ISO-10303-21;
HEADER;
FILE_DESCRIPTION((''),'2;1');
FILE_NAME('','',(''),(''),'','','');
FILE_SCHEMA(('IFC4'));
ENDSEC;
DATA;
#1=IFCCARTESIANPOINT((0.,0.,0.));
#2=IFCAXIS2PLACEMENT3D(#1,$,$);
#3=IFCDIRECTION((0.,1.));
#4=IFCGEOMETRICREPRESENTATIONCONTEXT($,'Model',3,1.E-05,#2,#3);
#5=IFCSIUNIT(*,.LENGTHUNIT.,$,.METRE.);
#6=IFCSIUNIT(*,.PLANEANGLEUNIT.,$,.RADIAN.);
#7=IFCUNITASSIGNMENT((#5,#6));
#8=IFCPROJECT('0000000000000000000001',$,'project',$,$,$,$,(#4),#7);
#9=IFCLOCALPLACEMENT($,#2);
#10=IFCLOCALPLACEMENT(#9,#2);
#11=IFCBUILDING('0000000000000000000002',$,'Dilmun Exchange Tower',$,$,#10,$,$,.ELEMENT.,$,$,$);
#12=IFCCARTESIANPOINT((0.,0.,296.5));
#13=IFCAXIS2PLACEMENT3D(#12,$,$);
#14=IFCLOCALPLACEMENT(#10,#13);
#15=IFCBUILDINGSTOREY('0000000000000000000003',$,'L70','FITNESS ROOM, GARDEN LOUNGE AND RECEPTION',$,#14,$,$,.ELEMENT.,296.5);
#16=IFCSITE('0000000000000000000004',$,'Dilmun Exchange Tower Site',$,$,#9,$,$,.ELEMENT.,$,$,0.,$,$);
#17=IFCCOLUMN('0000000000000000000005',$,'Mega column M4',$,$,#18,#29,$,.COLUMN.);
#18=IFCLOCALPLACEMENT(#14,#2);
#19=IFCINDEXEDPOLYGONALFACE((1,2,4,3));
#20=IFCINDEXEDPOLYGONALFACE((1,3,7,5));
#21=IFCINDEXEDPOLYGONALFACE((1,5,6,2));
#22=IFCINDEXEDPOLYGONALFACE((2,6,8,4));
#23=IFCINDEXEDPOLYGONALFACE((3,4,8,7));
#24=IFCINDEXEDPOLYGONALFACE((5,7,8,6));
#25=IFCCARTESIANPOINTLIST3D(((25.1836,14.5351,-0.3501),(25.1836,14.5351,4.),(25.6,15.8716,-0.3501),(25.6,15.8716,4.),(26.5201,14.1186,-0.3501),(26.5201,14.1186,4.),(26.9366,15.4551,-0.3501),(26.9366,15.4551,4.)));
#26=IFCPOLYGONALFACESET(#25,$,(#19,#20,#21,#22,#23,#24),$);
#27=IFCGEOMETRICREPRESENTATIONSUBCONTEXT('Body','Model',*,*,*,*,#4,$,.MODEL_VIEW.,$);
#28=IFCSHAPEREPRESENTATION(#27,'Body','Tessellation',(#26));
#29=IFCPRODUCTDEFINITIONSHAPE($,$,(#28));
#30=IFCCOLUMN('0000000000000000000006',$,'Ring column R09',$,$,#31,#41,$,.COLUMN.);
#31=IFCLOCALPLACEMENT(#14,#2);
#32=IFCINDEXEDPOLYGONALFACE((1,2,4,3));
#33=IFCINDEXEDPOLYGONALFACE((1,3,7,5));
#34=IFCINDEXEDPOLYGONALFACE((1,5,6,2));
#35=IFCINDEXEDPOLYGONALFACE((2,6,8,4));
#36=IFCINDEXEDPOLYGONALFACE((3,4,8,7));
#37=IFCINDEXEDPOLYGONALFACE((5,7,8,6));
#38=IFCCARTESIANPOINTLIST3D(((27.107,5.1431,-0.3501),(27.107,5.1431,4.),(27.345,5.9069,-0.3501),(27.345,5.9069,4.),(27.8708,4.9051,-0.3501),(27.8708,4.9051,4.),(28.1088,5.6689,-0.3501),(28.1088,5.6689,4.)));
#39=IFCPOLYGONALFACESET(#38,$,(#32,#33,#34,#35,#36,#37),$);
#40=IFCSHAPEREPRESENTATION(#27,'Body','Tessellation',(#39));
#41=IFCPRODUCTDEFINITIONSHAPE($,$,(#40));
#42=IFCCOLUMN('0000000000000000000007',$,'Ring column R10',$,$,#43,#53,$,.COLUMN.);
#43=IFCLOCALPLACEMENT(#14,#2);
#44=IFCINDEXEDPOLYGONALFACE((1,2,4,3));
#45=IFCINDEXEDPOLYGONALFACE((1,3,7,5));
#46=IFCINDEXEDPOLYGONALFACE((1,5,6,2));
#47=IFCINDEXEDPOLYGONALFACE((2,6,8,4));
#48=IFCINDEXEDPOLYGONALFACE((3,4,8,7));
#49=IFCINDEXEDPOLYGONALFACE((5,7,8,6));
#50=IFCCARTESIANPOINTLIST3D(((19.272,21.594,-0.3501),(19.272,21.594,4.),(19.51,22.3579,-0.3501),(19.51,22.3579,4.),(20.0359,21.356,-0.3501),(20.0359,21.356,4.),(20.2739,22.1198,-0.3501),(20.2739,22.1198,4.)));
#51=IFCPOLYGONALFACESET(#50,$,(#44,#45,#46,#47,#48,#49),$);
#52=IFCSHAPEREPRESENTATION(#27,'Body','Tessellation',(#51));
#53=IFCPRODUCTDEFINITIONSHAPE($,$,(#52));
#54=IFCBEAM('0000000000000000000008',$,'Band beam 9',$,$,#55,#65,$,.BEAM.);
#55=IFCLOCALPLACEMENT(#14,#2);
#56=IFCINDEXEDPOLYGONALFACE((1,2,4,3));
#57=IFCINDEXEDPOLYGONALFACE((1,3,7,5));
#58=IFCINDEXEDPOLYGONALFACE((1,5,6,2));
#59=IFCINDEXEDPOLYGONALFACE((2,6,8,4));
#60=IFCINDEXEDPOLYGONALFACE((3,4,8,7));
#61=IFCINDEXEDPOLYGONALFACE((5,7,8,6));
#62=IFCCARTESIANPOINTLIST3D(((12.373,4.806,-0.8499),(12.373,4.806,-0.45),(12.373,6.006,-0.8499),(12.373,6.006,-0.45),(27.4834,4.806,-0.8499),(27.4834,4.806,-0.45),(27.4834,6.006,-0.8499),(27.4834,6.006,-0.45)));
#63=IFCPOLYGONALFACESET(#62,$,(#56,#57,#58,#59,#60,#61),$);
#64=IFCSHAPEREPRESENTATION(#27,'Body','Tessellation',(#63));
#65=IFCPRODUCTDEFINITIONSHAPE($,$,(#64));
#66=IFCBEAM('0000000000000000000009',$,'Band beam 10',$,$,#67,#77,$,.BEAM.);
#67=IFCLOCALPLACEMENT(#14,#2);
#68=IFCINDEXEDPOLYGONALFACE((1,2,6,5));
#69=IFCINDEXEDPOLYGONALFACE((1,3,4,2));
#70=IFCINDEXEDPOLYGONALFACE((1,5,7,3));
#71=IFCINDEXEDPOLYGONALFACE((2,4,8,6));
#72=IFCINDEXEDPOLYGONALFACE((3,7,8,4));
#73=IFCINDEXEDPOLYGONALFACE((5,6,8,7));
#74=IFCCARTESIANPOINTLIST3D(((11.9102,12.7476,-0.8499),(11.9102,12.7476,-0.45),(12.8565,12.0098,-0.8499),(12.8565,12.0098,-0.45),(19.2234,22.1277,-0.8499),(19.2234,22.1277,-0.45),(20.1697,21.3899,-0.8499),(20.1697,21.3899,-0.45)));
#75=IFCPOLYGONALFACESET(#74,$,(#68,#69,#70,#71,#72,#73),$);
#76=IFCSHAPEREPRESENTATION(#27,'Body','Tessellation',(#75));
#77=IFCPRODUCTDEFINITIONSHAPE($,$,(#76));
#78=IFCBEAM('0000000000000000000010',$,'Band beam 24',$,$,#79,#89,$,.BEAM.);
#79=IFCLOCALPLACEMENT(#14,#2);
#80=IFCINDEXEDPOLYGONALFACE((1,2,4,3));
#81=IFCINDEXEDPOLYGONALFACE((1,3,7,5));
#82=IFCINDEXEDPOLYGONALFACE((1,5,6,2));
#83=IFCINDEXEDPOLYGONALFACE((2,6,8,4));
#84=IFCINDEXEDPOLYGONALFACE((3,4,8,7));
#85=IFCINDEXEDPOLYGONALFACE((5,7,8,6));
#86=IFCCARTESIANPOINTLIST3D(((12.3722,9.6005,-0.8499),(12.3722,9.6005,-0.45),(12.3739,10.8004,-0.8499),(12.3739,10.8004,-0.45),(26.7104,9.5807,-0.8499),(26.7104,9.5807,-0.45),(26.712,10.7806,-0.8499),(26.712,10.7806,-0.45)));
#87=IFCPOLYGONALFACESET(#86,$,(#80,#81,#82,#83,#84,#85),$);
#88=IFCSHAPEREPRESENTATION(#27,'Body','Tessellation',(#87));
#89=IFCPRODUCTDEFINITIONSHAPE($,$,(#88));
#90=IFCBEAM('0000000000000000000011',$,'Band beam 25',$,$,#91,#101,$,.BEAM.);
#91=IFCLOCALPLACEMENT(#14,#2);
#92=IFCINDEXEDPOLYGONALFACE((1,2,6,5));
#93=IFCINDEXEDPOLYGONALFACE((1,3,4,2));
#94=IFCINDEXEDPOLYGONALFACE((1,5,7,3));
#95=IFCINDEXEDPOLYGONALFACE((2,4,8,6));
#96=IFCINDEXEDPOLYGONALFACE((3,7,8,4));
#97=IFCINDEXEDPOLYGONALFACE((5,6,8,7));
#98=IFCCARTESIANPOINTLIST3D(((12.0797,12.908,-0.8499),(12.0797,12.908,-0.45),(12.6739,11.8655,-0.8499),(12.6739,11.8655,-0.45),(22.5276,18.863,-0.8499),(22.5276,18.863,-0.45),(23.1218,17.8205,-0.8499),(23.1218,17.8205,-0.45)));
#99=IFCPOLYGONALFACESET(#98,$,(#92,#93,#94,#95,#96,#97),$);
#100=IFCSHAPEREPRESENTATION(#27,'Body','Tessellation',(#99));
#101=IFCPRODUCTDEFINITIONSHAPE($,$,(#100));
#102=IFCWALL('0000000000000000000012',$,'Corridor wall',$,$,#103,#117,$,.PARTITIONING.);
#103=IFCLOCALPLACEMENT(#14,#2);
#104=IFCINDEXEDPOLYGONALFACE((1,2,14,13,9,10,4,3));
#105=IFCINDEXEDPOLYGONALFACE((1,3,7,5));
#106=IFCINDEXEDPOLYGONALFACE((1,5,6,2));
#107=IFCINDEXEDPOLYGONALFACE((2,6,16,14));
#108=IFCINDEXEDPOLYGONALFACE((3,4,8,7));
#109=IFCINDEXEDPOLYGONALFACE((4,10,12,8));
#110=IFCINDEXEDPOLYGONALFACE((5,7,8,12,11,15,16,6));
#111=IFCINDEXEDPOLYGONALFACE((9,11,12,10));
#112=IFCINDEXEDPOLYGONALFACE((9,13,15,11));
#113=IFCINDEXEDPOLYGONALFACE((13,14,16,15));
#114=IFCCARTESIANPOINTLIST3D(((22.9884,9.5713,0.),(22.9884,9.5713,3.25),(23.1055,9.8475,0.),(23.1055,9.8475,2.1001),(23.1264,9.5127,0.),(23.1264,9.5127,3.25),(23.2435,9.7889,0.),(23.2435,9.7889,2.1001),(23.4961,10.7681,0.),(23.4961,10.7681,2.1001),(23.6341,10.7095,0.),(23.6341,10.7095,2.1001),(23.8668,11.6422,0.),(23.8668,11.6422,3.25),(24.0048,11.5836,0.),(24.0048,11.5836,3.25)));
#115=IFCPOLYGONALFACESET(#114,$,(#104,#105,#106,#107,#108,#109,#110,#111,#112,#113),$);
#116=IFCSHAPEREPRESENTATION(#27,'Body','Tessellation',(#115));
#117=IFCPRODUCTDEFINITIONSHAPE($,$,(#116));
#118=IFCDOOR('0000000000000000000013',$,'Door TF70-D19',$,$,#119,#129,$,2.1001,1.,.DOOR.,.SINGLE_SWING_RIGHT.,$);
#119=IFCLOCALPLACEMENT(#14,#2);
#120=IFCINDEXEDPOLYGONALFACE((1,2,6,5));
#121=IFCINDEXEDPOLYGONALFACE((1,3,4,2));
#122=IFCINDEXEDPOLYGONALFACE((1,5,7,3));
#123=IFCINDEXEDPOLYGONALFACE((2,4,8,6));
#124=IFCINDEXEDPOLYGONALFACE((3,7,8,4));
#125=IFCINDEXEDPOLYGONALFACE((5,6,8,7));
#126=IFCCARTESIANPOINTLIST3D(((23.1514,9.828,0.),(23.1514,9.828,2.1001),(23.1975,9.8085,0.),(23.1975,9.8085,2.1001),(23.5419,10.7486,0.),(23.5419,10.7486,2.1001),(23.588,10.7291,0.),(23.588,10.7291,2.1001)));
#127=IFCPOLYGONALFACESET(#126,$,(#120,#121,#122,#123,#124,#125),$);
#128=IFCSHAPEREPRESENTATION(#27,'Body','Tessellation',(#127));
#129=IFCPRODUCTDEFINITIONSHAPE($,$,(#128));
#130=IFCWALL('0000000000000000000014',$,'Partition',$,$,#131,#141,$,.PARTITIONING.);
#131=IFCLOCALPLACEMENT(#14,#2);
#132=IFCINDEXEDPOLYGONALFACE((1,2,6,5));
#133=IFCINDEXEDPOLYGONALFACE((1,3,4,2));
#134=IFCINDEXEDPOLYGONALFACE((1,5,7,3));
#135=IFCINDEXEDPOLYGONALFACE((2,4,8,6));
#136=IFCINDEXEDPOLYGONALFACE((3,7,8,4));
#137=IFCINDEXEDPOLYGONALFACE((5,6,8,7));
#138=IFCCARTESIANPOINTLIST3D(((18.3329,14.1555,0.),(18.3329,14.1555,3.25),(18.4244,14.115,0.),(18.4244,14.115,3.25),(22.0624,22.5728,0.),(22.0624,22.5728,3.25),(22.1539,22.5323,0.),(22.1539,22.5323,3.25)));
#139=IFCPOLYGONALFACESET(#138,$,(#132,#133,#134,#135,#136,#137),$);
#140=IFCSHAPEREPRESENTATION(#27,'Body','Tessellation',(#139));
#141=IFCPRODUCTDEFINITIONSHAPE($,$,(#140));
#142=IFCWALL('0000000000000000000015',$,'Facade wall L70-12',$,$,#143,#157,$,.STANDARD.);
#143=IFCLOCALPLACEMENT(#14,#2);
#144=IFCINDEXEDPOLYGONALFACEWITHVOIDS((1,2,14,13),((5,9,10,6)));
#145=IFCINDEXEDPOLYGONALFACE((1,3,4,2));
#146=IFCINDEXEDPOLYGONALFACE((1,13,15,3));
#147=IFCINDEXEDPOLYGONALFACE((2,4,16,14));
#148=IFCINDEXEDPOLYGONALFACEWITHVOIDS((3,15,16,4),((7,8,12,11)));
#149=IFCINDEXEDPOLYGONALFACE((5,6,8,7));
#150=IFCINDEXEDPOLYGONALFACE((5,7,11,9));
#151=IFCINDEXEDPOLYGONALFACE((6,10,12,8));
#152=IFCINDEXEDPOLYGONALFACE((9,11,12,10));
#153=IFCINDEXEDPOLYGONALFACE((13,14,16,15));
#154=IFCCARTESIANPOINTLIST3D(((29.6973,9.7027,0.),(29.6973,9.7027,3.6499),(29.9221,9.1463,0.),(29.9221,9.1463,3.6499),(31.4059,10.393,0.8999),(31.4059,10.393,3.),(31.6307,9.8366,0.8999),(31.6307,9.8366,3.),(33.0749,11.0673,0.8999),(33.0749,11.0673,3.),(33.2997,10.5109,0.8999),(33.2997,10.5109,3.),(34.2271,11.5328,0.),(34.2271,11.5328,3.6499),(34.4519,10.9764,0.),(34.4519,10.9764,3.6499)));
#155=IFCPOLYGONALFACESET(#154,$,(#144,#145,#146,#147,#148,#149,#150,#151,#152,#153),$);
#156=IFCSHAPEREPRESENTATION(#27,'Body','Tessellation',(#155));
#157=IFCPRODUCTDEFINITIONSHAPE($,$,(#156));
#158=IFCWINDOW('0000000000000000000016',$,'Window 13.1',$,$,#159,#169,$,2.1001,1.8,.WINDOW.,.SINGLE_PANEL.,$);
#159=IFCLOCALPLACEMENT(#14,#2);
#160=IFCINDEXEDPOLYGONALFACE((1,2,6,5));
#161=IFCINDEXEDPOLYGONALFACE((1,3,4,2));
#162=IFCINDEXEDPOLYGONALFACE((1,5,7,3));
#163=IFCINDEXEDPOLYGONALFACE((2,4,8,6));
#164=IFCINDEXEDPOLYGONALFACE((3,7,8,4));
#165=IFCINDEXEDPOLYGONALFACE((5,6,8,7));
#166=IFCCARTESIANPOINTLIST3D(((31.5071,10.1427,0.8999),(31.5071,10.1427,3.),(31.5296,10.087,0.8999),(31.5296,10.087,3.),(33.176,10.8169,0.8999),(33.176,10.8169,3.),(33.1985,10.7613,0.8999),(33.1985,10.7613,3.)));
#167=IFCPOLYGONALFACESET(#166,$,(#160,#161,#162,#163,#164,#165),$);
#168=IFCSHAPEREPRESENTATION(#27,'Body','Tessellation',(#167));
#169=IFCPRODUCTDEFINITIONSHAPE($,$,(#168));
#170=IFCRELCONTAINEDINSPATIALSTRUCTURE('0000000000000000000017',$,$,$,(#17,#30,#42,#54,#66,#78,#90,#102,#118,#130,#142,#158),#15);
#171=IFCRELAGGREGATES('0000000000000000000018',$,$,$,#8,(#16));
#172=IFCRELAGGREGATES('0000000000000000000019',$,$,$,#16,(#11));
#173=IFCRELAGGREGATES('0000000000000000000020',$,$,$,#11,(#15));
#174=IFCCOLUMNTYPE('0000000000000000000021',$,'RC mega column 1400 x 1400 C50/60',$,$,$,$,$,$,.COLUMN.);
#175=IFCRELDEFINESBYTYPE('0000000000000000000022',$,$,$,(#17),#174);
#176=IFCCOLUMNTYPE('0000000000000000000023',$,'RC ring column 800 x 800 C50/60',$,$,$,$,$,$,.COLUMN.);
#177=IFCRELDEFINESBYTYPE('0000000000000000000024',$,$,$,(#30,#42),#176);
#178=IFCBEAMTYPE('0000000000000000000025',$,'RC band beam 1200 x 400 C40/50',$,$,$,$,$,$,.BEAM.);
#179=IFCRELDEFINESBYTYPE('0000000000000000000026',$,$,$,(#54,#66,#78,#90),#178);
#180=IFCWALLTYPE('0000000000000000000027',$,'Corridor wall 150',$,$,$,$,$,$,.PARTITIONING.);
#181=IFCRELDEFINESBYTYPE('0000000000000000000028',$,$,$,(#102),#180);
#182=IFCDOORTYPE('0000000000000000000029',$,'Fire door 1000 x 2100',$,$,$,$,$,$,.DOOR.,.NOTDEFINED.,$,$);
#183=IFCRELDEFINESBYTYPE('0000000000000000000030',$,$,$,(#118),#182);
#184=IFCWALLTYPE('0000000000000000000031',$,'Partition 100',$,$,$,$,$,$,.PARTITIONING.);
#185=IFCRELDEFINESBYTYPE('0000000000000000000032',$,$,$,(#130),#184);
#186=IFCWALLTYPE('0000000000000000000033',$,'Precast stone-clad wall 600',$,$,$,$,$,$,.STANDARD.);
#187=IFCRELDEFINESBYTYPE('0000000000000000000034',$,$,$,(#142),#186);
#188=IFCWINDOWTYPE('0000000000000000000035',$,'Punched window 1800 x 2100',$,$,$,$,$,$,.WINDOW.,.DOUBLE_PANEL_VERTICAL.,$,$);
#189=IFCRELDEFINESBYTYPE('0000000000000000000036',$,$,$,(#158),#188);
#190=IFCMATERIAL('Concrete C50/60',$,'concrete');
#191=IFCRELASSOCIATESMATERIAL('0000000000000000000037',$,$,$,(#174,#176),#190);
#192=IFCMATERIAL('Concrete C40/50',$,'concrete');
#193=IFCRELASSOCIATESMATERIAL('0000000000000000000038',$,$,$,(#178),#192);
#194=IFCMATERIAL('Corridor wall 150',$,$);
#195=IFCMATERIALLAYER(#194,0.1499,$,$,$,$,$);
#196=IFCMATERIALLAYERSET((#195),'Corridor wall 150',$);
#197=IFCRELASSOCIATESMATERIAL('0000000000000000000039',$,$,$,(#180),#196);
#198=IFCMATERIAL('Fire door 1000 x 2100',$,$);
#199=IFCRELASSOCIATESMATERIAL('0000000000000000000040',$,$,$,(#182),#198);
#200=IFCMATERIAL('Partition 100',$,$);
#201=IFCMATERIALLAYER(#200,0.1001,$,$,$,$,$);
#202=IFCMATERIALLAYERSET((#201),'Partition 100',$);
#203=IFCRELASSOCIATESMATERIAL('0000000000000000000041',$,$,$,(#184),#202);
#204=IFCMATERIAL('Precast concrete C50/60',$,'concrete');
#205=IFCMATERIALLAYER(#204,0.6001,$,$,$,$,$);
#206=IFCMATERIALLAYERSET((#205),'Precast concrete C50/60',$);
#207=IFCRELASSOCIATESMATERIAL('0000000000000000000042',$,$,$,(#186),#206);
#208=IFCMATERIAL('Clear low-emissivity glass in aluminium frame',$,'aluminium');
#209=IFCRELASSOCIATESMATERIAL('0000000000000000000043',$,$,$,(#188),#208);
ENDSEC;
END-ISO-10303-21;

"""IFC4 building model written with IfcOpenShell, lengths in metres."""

from ifc_helpers import new_model, si_unit, direction, frame, frame_2d, origin, origin_2d, place, context, subcontext, project, spatial, rectangle, extrude, material, layer, layer_set, material_profile, profile_set, type_object, element, fill, save


model = new_model("IFC4")

# Units and contexts
model_context = context("Model", 3, precision=1e-05, world=origin(), true_north=direction((0.0, 1.0)))
body_context = subcontext(model_context, "Body", "Model", "MODEL_VIEW")
ifc_project = project(units=[si_unit("LENGTHUNIT", "METRE"), si_unit("PLANEANGLEUNIT", "RADIAN")], contexts=[model_context])

# Site, building, storey
site_placement = place(None, origin())
site = spatial("IfcSite", under=ifc_project, at=site_placement, Name="Dilmun Exchange Tower Site", CompositionType="ELEMENT", RefElevation=0.0)
building_placement = place(site_placement, origin())
building = spatial("IfcBuilding", under=site, at=building_placement, Name="Dilmun Exchange Tower", CompositionType="ELEMENT")
storey_placement = place(building_placement, frame((0.0, 0.0, 296.5)))
storey = spatial("IfcBuildingStorey", under=building, at=storey_placement, Name="L70", Description="FITNESS ROOM, GARDEN LOUNGE AND RECEPTION", CompositionType="ELEMENT", Elevation=296.5)

# Columns
ifc_material_1 = material(Name="Concrete C50/60", Category="concrete")
ifc_material_profile_1 = material_profile(ifc_material_1, rectangle(XDim=1.3999, YDim=1.3999, at=origin_2d()), Name="1400 x 1400")
ifc_profile_set_1 = profile_set([ifc_material_profile_1], Name="Concrete C50/60")
column_type_1 = type_object("IfcColumnType", Name="RC mega column 1400 x 1400 C50/60", PredefinedType="COLUMN", material=ifc_profile_set_1)
column_placement = place(storey_placement, frame((26.0601, 14.9951, -0.3501), z_axis=(0.0, 0.0, 1.0), x_axis=(0.297503, 0.954721, 0.0)))
element("IfcColumn", 1, at=column_placement, inside=storey, type_object=column_type_1, Name="Mega column M4", PredefinedType="COLUMN", context=body_context, shape_type="SweptSolid", body=[
    extrude(rectangle(XDim=1.3999, YDim=1.3999, at=origin_2d()), origin(), (0.0, 0.0, 1.0), 4.3501),
])
ifc_material_profile_2 = material_profile(ifc_material_1, rectangle(XDim=0.8, YDim=0.8, at=origin_2d()), Name="800 x 800")
ifc_profile_set_2 = profile_set([ifc_material_profile_2], Name="Concrete C50/60")
column_type_2 = type_object("IfcColumnType", Name="RC ring column 800 x 800 C50/60", PredefinedType="COLUMN", material=ifc_profile_set_2)
for number, where, z_axis, x_axis, name in (
    (2, (27.6079, 5.406, -0.3501), (0.0, 0.0, 1.0), (0.297503, 0.954721, 0.0), "Ring column R09"),
    (3, (19.7729, 21.8569, -0.3501), (0.0, 0.0, 1.0), (0.297503, 0.954721, 0.0), "Ring column R10"),
):
    element("IfcColumn", number, at=place(storey_placement, frame(where, z_axis=z_axis, x_axis=x_axis)), inside=storey, type_object=column_type_2, Name=name, PredefinedType="COLUMN", context=body_context, shape_type="SweptSolid", body=[
        extrude(rectangle(XDim=0.8, YDim=0.8, at=origin_2d()), origin(), (0.0, 0.0, 1.0), 4.3501),
    ])

# Beams
ifc_material_2 = material(Name="Concrete C40/50", Category="concrete")
ifc_material_profile_3 = material_profile(ifc_material_2, rectangle(XDim=1.2, YDim=0.3999, at=origin_2d()), Name="1200 x 400")
ifc_profile_set_3 = profile_set([ifc_material_profile_3], Name="Concrete C40/50")
beam_type = type_object("IfcBeamType", Name="RC band beam 1200 x 400 C40/50", PredefinedType="BEAM", material=ifc_profile_set_3)
beam_1_placement = place(storey_placement, frame((27.4834, 5.406, -0.6499), z_axis=(-1.0, 0.0, 0.0), x_axis=(0.0, -1.0, 0.0)))
element("IfcBeam", 4, at=beam_1_placement, inside=storey, type_object=beam_type, Name="Band beam 9", PredefinedType="BEAM", context=body_context, shape_type="SweptSolid", body=[
    extrude(rectangle(XDim=1.2, YDim=0.3999, at=origin_2d()), origin(), (0.0, 0.0, 1.0), 15.1104),
])
beam_2_placement = place(storey_placement, frame((19.6965, 21.7588, -0.6499), z_axis=(-0.614861, -0.788635, 0.0), x_axis=(0.788635, -0.614861, 0.0)))
element("IfcBeam", 5, at=beam_2_placement, inside=storey, type_object=beam_type, Name="Band beam 10", PredefinedType="BEAM", context=body_context, shape_type="SweptSolid", body=[
    extrude(rectangle(XDim=1.2, YDim=0.3999, at=origin_2d()), origin(), (0.0, 0.0, 1.0), 11.894),
])
beam_3_placement = place(storey_placement, frame((26.7112, 10.1807, -0.6499), z_axis=(-0.999999, 0.001379, 0.0), x_axis=(-0.001379, -0.999999, 0.0)))
element("IfcBeam", 6, at=beam_3_placement, inside=storey, type_object=beam_type, Name="Band beam 24", PredefinedType="BEAM", context=body_context, shape_type="SweptSolid", body=[
    extrude(rectangle(XDim=1.2, YDim=0.3999, at=origin_2d()), origin(), (0.0, 0.0, 1.0), 14.3381),
])
beam_4_placement = place(storey_placement, frame((22.8247, 18.3418, -0.6499), z_axis=(-0.868787, -0.495185, 0.0), x_axis=(0.495185, -0.868787, 0.0)))
element("IfcBeam", 7, at=beam_4_placement, inside=storey, type_object=beam_type, Name="Band beam 25", PredefinedType="BEAM", context=body_context, shape_type="SweptSolid", body=[
    extrude(rectangle(XDim=1.2, YDim=0.3999, at=origin_2d()), origin(), (0.0, 0.0, 1.0), 12.0259),
])

# Wall, opening, door
ifc_material_3 = material(Name="Corridor wall 150")
ifc_layer_1 = layer(ifc_material_3, 0.1499)
ifc_layer_set_1 = layer_set([ifc_layer_1], Name="Corridor wall 150")
wall_type_1 = type_object("IfcWallType", Name="Corridor wall 150", PredefinedType="PARTITIONING", material=ifc_layer_set_1)
wall_1_placement = place(storey_placement, frame((23.0574, 9.542, 0.0), z_axis=(0.0, 0.0, 1.0), x_axis=(0.390511, 0.920598, 0.0)))
wall_1 = element("IfcWall", 8, at=wall_1_placement, inside=storey, type_object=wall_type_1, Name="Corridor wall", PredefinedType="PARTITIONING", context=body_context, shape_type="SweptSolid", body=[
    extrude(rectangle(XDim=2.2495, YDim=0.1499, at=frame_2d((1.1248, 0.0))), origin(), (0.0, 0.0, 1.0), 3.25),
])
opening_1_placement = place(wall_1_placement, frame((0.3, 0.0, 0.0)))
opening_1 = element("IfcOpeningElement", 9, at=opening_1_placement, cuts=wall_1, PredefinedType="OPENING", context=body_context, shape_type="SweptSolid", body=[
    extrude(rectangle(XDim=1.0, YDim=2.1001, at=frame_2d((0.5, 1.05))), frame((0.0, 0.085, 0.0), z_axis=(0.0, -1.0, 0.0), x_axis=(1.0, 0.0, 0.0)), (0.0, 0.0, 1.0), 0.1699),
])
ifc_material_4 = material(Name="Fire door 1000 x 2100")
door_type = type_object("IfcDoorType", Name="Fire door 1000 x 2100", OperationType="NOTDEFINED", PredefinedType="DOOR", material=ifc_material_4)
door_placement = place(opening_1_placement, frame((1.0, 0.0, 0.0), z_axis=(0.0, 0.0, 1.0), x_axis=(-1.0, 0.0, 0.0)))
door = element("IfcDoor", 10, at=door_placement, inside=storey, type_object=door_type, Name="Door TF70-D19", OperationType="SINGLE_SWING_RIGHT", OverallHeight=2.1001, OverallWidth=1.0, PredefinedType="DOOR", context=body_context, shape_type="SweptSolid", body=[
    extrude(rectangle(XDim=1.0, YDim=2.1001, at=frame_2d((0.5, 1.05))), frame((0.0, 0.0249, 0.0), z_axis=(0.0, -1.0, 0.0), x_axis=(1.0, 0.0, 0.0)), (0.0, 0.0, 1.0), 0.05),
])
fill(opening_1, door)

# Wall
ifc_material_5 = material(Name="Partition 100")
ifc_layer_2 = layer(ifc_material_5, 0.1001)
ifc_layer_set_2 = layer_set([ifc_layer_2], Name="Partition 100")
wall_type_2 = type_object("IfcWallType", Name="Partition 100", PredefinedType="PARTITIONING", material=ifc_layer_set_2)
wall_2_placement = place(storey_placement, frame((18.3787, 14.1353, 0.0), z_axis=(0.0, 0.0, 1.0), x_axis=(0.405095, 0.914275, 0.0)))
element("IfcWall", 11, at=wall_2_placement, inside=storey, type_object=wall_type_2, Name="Partition", PredefinedType="PARTITIONING", context=body_context, shape_type="SweptSolid", body=[
    extrude(rectangle(XDim=9.2065, YDim=0.1001, at=frame_2d((4.6033, 0.0))), origin(), (0.0, 0.0, 1.0), 3.25),
])

# Wall, opening, window
ifc_material_6 = material(Name="Precast concrete C50/60", Category="concrete")
ifc_layer_3 = layer(ifc_material_6, 0.6001)
ifc_layer_set_3 = layer_set([ifc_layer_3], Name="Precast concrete C50/60")
wall_type_3 = type_object("IfcWallType", Name="Precast stone-clad wall 600", PredefinedType="STANDARD", material=ifc_layer_set_3)
wall_3_placement = place(storey_placement, frame((34.3396, 11.2546, 0.0), z_axis=(0.0, 0.0, 1.0), x_axis=(-0.927189, -0.374594, 0.0)))
wall_3 = element("IfcWall", 12, at=wall_3_placement, inside=storey, type_object=wall_type_3, Name="Facade wall L70-12", PredefinedType="STANDARD", context=body_context, shape_type="SweptSolid", body=[
    extrude(rectangle(XDim=4.8855, YDim=0.6001, at=frame_2d((2.4429, 0.0))), origin(), (0.0, 0.0, 1.0), 3.6499),
])
opening_2_placement = place(wall_3_placement, frame((1.2429, 0.0, 0.8999)))
opening_2 = element("IfcOpeningElement", 13, at=opening_2_placement, cuts=wall_3, PredefinedType="OPENING", context=body_context, shape_type="SweptSolid", body=[
    extrude(rectangle(XDim=1.8, YDim=2.1001, at=frame_2d((0.8999, 1.05))), frame((0.0, 0.3101, 0.0), z_axis=(0.0, -1.0, 0.0), x_axis=(1.0, 0.0, 0.0)), (0.0, 0.0, 1.0), 0.6201),
])
ifc_material_7 = material(Name="Clear low-emissivity glass in aluminium frame", Category="aluminium")
window_type_1 = type_object("IfcWindowType", Name="Punched window 1800 x 2100", PartitioningType="DOUBLE_PANEL_VERTICAL", PredefinedType="WINDOW", material=ifc_material_7)
window_1_placement = place(opening_2_placement, origin())
window_1 = element("IfcWindow", 14, at=window_1_placement, inside=storey, type_object=window_type_1, Name="Window 13.1", OverallHeight=2.1001, OverallWidth=1.8, PartitioningType="SINGLE_PANEL", PredefinedType="WINDOW", context=body_context, shape_type="SweptSolid", body=[
    extrude(rectangle(XDim=1.8, YDim=2.1001, at=frame_2d((0.8999, 1.05))), frame((0.0, 0.03, 0.0), z_axis=(0.0, -1.0, 0.0), x_axis=(1.0, 0.0, 0.0)), (0.0, 0.0, 1.0), 0.0601),
])
fill(opening_2, window_1)

save(model, "model.ifc")
